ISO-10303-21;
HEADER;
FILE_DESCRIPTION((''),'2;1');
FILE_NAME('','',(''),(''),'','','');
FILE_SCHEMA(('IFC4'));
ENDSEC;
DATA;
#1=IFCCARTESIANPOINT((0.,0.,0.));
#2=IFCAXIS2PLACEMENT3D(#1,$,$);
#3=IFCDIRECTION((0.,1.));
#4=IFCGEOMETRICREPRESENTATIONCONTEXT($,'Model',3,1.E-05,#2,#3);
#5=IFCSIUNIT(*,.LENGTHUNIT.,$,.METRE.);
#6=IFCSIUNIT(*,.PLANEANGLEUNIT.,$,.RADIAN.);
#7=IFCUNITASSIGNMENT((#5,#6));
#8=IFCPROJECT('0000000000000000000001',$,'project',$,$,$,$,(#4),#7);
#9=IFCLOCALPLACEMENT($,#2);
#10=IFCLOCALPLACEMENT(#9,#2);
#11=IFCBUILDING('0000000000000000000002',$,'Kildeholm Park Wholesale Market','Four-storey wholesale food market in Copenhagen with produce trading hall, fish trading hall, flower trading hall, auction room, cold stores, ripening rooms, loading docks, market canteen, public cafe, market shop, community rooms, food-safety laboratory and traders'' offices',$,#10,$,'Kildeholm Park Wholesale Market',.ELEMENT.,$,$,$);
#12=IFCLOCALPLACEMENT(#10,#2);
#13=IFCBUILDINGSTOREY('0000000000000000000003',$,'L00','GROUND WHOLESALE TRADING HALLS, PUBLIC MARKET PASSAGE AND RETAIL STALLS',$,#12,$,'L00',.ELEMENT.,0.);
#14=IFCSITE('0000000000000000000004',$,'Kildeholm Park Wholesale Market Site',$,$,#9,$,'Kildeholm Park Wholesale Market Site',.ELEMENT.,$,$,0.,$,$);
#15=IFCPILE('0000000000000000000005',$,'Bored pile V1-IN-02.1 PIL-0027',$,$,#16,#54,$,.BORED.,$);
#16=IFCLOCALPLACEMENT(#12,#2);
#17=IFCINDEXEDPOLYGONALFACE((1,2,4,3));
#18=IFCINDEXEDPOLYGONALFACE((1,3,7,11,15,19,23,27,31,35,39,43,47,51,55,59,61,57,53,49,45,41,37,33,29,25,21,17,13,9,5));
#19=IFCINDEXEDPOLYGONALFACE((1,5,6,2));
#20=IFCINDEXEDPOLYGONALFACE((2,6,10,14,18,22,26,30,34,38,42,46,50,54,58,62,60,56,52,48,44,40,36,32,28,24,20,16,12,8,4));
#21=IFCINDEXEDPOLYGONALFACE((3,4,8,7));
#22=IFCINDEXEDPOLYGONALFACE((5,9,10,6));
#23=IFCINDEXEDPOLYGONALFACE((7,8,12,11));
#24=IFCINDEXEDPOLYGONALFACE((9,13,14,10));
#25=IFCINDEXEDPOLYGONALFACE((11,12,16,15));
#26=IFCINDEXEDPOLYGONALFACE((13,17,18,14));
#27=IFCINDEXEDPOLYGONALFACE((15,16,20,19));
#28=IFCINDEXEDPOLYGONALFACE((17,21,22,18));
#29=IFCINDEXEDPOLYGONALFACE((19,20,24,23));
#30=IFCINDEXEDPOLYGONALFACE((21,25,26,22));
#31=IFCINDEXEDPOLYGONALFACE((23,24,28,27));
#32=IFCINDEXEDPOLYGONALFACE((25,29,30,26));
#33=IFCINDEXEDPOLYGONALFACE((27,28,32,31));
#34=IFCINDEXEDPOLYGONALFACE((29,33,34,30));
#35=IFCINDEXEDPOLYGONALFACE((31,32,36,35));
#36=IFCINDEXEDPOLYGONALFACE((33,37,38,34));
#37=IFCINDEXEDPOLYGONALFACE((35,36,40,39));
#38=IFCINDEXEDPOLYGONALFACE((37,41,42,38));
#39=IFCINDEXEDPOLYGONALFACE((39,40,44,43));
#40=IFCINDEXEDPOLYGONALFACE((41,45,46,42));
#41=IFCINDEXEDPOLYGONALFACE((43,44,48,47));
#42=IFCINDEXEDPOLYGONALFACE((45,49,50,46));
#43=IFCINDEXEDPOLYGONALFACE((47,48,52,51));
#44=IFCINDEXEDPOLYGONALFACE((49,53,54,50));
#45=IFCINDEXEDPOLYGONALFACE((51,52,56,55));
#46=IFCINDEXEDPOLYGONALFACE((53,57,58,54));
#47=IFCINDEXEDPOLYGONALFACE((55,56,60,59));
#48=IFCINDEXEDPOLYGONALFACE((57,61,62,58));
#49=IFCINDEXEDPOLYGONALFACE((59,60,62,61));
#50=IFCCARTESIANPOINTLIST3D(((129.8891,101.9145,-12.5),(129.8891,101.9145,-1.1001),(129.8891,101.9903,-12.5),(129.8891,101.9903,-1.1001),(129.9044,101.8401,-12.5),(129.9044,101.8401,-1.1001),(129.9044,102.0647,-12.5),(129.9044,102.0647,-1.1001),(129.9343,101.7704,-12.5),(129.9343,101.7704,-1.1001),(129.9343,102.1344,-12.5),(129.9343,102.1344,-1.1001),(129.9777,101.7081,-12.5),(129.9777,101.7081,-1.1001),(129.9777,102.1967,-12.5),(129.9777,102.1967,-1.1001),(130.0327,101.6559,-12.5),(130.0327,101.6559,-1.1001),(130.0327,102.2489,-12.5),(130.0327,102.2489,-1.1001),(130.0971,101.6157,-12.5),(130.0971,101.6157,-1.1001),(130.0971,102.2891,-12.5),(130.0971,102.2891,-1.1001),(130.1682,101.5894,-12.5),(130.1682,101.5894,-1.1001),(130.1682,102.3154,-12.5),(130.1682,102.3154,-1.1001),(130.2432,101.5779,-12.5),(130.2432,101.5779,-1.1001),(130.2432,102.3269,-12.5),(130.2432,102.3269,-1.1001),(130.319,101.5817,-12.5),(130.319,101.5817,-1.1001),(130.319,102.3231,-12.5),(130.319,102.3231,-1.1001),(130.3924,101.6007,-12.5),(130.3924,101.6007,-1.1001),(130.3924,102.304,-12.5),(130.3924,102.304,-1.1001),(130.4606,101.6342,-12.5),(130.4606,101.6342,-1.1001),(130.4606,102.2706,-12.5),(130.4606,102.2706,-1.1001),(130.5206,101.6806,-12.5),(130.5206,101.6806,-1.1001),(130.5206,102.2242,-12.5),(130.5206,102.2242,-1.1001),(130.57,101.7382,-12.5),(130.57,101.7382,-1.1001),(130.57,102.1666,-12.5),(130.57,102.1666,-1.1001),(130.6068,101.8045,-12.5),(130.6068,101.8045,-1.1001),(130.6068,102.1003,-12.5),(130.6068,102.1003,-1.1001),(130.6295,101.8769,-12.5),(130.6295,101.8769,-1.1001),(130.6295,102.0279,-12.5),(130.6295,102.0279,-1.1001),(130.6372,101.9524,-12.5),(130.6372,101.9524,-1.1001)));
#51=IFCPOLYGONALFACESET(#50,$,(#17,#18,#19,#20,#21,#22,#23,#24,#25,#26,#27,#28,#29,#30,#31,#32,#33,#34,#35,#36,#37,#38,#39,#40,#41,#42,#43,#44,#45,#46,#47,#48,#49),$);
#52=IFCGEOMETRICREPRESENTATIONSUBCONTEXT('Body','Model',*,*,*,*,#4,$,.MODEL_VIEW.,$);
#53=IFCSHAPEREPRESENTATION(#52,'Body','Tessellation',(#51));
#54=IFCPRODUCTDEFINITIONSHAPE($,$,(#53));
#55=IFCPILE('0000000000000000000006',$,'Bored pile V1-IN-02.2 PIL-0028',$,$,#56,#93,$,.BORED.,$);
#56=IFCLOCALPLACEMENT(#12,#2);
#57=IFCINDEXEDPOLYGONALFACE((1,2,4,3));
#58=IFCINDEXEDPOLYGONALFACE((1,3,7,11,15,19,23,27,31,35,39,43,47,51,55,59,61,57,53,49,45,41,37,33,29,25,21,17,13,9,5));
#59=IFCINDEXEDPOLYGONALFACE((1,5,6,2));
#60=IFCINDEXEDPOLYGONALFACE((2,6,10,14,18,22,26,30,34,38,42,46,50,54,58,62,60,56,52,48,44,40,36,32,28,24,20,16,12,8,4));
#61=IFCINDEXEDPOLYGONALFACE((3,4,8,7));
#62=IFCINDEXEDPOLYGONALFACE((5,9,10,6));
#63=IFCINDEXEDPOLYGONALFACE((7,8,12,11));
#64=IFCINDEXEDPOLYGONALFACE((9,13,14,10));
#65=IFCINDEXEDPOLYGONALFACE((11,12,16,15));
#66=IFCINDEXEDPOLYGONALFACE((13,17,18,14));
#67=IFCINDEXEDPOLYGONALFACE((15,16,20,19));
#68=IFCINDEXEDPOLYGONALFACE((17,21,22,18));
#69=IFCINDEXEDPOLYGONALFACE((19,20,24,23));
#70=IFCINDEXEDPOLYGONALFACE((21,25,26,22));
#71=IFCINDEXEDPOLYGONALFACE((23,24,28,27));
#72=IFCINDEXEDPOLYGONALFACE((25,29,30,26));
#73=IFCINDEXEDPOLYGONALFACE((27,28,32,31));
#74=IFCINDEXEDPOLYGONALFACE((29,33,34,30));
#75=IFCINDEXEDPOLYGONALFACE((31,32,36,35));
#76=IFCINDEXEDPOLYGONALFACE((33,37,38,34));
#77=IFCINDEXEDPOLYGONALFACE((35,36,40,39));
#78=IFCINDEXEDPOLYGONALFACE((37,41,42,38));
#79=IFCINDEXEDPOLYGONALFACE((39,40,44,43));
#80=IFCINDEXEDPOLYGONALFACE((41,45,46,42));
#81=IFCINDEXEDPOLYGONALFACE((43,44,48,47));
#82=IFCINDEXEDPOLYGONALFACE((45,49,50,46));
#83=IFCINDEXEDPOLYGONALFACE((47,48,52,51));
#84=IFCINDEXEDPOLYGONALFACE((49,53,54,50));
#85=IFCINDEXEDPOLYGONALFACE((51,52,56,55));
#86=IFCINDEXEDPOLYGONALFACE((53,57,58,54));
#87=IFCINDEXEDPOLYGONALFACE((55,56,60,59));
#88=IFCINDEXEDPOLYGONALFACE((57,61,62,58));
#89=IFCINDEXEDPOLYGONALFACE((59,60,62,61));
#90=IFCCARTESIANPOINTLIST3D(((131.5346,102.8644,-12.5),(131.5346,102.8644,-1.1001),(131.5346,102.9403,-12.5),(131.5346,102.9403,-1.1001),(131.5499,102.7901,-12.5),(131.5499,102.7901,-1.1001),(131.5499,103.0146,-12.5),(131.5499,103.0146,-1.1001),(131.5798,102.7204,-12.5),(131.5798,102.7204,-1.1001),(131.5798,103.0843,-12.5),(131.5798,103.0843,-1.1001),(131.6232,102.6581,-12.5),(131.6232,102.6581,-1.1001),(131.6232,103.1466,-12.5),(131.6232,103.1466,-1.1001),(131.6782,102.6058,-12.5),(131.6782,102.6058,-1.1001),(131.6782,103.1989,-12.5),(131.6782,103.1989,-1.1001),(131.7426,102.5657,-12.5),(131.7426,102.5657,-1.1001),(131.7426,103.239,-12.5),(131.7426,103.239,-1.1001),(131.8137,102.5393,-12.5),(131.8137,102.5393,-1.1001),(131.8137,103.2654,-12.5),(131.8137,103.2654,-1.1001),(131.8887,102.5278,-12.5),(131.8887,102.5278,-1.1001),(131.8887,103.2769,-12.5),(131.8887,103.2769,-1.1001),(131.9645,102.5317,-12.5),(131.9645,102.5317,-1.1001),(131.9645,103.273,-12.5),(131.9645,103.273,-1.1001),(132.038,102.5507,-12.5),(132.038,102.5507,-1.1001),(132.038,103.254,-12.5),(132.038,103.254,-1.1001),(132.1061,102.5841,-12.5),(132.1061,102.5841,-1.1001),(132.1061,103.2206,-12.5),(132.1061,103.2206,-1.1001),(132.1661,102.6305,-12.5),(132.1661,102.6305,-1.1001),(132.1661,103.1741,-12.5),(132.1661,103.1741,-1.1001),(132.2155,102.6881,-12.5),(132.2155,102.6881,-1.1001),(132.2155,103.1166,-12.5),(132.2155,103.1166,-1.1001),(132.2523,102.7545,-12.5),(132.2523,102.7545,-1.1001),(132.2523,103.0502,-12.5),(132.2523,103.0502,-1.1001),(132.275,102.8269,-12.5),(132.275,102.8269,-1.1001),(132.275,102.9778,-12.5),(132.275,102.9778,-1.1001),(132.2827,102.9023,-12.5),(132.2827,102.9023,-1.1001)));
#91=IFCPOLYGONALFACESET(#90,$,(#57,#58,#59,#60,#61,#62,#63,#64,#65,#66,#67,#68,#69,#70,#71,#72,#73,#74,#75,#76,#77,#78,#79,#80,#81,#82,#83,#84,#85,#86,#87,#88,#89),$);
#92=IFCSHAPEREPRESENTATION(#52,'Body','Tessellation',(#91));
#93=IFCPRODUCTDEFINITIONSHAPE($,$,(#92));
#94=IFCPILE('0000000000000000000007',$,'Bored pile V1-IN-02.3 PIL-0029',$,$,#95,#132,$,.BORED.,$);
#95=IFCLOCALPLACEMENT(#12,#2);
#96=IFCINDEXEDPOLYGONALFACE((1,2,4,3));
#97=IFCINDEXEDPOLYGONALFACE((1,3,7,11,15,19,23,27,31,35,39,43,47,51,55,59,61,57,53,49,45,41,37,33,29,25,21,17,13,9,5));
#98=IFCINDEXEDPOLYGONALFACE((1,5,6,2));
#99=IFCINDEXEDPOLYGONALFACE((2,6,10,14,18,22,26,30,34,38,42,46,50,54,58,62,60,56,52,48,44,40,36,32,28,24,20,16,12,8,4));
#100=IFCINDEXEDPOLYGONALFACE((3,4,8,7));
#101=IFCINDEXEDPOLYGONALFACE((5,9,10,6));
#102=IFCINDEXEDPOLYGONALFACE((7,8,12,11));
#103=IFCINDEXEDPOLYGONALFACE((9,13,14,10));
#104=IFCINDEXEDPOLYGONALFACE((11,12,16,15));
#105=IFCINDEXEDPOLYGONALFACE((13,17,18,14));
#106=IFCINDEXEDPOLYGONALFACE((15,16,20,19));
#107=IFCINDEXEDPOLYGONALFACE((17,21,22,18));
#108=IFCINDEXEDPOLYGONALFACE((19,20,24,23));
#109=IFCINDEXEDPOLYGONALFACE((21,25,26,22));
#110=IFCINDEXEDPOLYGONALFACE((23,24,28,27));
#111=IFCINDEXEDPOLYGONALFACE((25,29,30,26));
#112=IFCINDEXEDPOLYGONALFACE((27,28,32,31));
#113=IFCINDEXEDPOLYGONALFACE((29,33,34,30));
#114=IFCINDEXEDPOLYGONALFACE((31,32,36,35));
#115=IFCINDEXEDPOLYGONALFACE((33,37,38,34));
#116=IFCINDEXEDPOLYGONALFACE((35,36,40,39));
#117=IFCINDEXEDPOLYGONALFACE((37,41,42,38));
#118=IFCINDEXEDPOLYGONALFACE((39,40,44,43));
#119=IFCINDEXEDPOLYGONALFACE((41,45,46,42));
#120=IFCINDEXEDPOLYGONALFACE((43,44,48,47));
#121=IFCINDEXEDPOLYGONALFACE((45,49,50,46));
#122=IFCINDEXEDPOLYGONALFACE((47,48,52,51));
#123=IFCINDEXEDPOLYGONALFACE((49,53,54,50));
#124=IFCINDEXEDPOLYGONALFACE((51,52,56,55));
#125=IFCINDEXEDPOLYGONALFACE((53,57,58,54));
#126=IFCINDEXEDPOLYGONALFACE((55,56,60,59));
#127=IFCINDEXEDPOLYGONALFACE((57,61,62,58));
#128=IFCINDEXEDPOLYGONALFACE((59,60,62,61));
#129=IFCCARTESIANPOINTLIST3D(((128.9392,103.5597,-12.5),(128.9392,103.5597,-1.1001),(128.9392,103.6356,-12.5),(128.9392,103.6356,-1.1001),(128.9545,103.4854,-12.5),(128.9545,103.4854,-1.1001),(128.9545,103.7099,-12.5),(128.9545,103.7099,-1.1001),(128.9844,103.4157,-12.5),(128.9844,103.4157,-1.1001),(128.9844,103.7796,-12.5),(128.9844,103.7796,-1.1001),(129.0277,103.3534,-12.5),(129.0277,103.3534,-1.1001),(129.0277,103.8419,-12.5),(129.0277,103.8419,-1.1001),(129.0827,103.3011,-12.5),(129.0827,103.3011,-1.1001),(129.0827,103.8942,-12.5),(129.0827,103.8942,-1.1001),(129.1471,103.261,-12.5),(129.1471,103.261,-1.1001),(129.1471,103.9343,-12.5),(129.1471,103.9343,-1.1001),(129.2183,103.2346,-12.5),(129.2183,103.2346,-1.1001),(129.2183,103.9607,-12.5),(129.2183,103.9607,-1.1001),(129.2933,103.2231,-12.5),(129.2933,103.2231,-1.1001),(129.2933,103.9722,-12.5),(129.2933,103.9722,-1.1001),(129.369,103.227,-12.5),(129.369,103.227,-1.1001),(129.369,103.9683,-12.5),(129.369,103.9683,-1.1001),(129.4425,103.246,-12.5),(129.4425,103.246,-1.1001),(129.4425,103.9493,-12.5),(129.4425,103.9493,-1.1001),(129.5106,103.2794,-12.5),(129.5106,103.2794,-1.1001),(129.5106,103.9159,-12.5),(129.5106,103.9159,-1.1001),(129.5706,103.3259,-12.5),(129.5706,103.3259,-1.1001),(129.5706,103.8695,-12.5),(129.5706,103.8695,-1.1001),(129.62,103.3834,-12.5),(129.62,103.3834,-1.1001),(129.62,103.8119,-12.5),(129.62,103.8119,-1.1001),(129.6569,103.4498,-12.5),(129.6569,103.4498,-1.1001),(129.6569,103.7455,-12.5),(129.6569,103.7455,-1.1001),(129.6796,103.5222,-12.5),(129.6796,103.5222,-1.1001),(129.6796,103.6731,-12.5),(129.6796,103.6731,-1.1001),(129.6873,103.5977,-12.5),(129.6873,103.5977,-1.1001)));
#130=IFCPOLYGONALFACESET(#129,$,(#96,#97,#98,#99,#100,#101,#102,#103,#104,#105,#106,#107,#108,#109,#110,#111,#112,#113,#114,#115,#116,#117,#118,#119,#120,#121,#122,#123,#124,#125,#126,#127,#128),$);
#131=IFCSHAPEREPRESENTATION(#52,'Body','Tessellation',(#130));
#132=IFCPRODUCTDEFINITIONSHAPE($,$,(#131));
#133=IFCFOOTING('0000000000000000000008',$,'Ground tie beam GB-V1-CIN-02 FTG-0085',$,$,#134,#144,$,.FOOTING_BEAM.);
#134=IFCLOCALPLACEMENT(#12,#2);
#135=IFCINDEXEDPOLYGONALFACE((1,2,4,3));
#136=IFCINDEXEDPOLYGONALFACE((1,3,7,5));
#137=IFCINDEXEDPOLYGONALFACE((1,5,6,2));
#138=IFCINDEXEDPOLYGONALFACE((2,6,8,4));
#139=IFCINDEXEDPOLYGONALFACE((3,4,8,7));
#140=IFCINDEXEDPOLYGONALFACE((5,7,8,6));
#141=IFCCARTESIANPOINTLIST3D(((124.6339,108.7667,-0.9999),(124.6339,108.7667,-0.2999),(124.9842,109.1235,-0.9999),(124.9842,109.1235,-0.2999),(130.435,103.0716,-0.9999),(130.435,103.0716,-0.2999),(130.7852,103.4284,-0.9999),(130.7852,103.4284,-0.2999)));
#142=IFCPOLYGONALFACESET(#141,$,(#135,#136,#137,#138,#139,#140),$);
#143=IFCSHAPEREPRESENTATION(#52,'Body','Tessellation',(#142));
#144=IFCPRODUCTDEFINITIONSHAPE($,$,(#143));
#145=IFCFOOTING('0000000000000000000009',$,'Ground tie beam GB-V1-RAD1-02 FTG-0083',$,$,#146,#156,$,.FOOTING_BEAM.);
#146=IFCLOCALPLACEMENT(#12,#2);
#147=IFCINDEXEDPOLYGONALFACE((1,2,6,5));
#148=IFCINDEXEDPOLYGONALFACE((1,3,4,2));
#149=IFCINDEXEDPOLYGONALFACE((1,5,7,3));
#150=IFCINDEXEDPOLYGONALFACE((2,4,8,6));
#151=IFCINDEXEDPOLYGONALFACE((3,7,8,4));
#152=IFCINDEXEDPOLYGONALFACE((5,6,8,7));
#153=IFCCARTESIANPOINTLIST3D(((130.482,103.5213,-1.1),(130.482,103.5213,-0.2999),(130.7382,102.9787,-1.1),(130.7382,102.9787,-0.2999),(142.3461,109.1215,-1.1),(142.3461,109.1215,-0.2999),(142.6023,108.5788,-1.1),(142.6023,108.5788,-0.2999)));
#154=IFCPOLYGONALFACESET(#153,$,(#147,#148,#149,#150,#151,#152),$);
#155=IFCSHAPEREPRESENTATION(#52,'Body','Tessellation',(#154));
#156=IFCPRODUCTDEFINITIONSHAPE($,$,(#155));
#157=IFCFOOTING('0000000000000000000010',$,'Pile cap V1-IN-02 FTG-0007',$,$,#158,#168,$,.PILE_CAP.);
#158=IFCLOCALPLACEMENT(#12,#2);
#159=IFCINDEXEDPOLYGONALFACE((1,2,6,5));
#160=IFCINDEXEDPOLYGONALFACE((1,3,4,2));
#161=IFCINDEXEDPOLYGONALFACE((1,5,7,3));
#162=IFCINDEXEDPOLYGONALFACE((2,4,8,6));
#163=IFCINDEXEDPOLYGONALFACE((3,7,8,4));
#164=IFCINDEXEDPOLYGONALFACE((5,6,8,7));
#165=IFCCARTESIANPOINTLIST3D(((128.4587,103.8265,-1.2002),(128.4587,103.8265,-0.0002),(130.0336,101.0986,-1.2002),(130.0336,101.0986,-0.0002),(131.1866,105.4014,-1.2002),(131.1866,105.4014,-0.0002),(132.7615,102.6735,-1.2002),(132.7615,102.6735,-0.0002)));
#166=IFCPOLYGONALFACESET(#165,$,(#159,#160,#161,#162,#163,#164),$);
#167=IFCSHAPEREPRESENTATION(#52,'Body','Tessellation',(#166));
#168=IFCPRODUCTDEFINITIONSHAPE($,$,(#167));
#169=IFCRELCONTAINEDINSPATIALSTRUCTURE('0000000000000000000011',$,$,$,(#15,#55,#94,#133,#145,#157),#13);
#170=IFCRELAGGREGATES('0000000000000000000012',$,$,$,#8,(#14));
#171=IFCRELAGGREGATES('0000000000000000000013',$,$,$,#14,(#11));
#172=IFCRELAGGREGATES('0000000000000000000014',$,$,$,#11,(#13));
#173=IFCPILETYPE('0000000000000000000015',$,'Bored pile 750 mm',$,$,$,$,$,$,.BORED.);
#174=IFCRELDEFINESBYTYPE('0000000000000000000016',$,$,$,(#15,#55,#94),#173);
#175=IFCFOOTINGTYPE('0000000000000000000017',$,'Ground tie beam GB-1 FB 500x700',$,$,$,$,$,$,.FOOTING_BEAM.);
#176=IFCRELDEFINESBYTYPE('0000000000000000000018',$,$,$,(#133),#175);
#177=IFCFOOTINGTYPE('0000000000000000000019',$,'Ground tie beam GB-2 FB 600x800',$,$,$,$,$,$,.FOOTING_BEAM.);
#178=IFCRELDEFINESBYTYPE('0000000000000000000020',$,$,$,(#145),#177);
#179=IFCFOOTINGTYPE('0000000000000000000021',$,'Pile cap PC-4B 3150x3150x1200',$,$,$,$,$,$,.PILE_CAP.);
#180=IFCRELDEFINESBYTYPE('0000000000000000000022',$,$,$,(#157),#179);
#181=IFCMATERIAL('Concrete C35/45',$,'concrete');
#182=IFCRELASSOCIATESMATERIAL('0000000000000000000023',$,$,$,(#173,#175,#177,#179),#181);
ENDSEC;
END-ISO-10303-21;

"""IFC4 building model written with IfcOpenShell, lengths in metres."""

from ifc_helpers import new_model, si_unit, direction, frame, origin, origin_2d, place, context, subcontext, project, spatial, rectangle, circle, extrude, material, material_profile, profile_set, type_object, element, save


model = new_model("IFC4")

# Units and contexts
model_context = context("Model", 3, precision=1e-05, world=origin(), true_north=direction((0.0, 1.0)))
body_context = subcontext(model_context, "Body", "Model", "MODEL_VIEW")
ifc_project = project(units=[si_unit("LENGTHUNIT", "METRE"), si_unit("PLANEANGLEUNIT", "RADIAN")], contexts=[model_context])

# Site, building, storey
site_placement = place(None, origin())
site = spatial("IfcSite", under=ifc_project, at=site_placement, Name="Kildeholm Park Wholesale Market Site", LongName="Kildeholm Park Wholesale Market Site", CompositionType="ELEMENT", RefElevation=0.0)
building_placement = place(site_placement, origin())
building = spatial("IfcBuilding", under=site, at=building_placement, Name="Kildeholm Park Wholesale Market", Description="Four-storey wholesale food market in Copenhagen with produce trading hall, fish trading hall, flower trading hall, auction room, cold stores, ripening rooms, loading docks, market canteen, public cafe, market shop, community rooms, food-safety laboratory and traders' offices", LongName="Kildeholm Park Wholesale Market", CompositionType="ELEMENT")
storey_placement = place(building_placement, origin())
storey = spatial("IfcBuildingStorey", under=building, at=storey_placement, Name="L00", Description="GROUND WHOLESALE TRADING HALLS, PUBLIC MARKET PASSAGE AND RETAIL STALLS", LongName="L00", CompositionType="ELEMENT", Elevation=0.0)

# Piles
ifc_material_1 = material(Name="Concrete C35/45", Category="concrete")
ifc_material_profile_1 = material_profile(ifc_material_1, circle(Radius=0.375, at=origin_2d()), Name="PILE D750")
ifc_profile_set_1 = profile_set([ifc_material_profile_1], Name="Concrete C35/45")
pile_type = type_object("IfcPileType", Name="Bored pile 750 mm", PredefinedType="BORED", material=ifc_profile_set_1)
for number, where, z_axis, x_axis, name in (
    (1, (130.2622, 101.9524, -1.1001), (0.0, 0.0, -1.0), (1.0, 0.0, 0.0), "Bored pile V1-IN-02.1 PIL-0027"),
    (2, (131.9077, 102.9023, -1.1001), (0.0, 0.0, -1.0), (1.0, 0.0, 0.0), "Bored pile V1-IN-02.2 PIL-0028"),
    (3, (129.3123, 103.5977, -1.1001), (0.0, 0.0, -1.0), (1.0, 0.0, 0.0), "Bored pile V1-IN-02.3 PIL-0029"),
):
    element("IfcPile", number, at=place(storey_placement, frame(where, z_axis=z_axis, x_axis=x_axis)), inside=storey, type_object=pile_type, Name=name, PredefinedType="BORED", context=body_context, shape_type="SweptSolid", body=[
        extrude(circle(Radius=0.375, at=origin_2d()), origin(), (0.0, 0.0, 1.0), 11.3999),
    ])

# Footings
ifc_material_profile_2 = material_profile(ifc_material_1, rectangle(XDim=0.5, YDim=0.7, at=origin_2d()), Name="FB 500x700")
ifc_profile_set_2 = profile_set([ifc_material_profile_2], Name="Concrete C35/45")
footing_type_1 = type_object("IfcFootingType", Name="Ground tie beam GB-1 FB 500x700", PredefinedType="FOOTING_BEAM", material=ifc_profile_set_2)
footing_1_placement = place(storey_placement, frame((130.6101, 103.25, -0.6499), z_axis=(-0.713594, 0.70056, 0.0), x_axis=(-0.70056, -0.713594, 0.0)))
element("IfcFooting", 4, at=footing_1_placement, inside=storey, type_object=footing_type_1, Name="Ground tie beam GB-V1-CIN-02 FTG-0085", PredefinedType="FOOTING_BEAM", context=body_context, shape_type="SweptSolid", body=[
    extrude(rectangle(XDim=0.5, YDim=0.7, at=origin_2d()), origin(), (0.0, 0.0, 1.0), 8.1294),
])
ifc_material_profile_3 = material_profile(ifc_material_1, rectangle(XDim=0.6001, YDim=0.8, at=origin_2d()), Name="FB 600x800")
ifc_profile_set_3 = profile_set([ifc_material_profile_3], Name="Concrete C35/45")
footing_type_2 = type_object("IfcFootingType", Name="Ground tie beam GB-2 FB 600x800", PredefinedType="FOOTING_BEAM", material=ifc_profile_set_3)
footing_2_placement = place(storey_placement, frame((130.6101, 103.25, -0.7), z_axis=(0.904318, 0.42686, 0.0), x_axis=(-0.42686, 0.904318, 0.0)))
element("IfcFooting", 5, at=footing_2_placement, inside=storey, type_object=footing_type_2, Name="Ground tie beam GB-V1-RAD1-02 FTG-0083", PredefinedType="FOOTING_BEAM", context=body_context, shape_type="SweptSolid", body=[
    extrude(rectangle(XDim=0.6001, YDim=0.8, at=origin_2d()), origin(), (0.0, 0.0, 1.0), 13.1194),
])
footing_type_3 = type_object("IfcFootingType", Name="Pile cap PC-4B 3150x3150x1200", PredefinedType="PILE_CAP", material=ifc_material_1)
footing_3_placement = place(storey_placement, frame((130.6101, 103.25, -1.2002), z_axis=(0.0, 0.0, 1.0), x_axis=(0.866025, 0.5, 0.0)))
element("IfcFooting", 6, at=footing_3_placement, inside=storey, type_object=footing_type_3, Name="Pile cap V1-IN-02 FTG-0007", PredefinedType="PILE_CAP", context=body_context, shape_type="SweptSolid", body=[
    extrude(rectangle(XDim=3.1499, YDim=3.1499, at=origin_2d()), origin(), (0.0, 0.0, 1.0), 1.2),
])

save(model, "model.ifc")
